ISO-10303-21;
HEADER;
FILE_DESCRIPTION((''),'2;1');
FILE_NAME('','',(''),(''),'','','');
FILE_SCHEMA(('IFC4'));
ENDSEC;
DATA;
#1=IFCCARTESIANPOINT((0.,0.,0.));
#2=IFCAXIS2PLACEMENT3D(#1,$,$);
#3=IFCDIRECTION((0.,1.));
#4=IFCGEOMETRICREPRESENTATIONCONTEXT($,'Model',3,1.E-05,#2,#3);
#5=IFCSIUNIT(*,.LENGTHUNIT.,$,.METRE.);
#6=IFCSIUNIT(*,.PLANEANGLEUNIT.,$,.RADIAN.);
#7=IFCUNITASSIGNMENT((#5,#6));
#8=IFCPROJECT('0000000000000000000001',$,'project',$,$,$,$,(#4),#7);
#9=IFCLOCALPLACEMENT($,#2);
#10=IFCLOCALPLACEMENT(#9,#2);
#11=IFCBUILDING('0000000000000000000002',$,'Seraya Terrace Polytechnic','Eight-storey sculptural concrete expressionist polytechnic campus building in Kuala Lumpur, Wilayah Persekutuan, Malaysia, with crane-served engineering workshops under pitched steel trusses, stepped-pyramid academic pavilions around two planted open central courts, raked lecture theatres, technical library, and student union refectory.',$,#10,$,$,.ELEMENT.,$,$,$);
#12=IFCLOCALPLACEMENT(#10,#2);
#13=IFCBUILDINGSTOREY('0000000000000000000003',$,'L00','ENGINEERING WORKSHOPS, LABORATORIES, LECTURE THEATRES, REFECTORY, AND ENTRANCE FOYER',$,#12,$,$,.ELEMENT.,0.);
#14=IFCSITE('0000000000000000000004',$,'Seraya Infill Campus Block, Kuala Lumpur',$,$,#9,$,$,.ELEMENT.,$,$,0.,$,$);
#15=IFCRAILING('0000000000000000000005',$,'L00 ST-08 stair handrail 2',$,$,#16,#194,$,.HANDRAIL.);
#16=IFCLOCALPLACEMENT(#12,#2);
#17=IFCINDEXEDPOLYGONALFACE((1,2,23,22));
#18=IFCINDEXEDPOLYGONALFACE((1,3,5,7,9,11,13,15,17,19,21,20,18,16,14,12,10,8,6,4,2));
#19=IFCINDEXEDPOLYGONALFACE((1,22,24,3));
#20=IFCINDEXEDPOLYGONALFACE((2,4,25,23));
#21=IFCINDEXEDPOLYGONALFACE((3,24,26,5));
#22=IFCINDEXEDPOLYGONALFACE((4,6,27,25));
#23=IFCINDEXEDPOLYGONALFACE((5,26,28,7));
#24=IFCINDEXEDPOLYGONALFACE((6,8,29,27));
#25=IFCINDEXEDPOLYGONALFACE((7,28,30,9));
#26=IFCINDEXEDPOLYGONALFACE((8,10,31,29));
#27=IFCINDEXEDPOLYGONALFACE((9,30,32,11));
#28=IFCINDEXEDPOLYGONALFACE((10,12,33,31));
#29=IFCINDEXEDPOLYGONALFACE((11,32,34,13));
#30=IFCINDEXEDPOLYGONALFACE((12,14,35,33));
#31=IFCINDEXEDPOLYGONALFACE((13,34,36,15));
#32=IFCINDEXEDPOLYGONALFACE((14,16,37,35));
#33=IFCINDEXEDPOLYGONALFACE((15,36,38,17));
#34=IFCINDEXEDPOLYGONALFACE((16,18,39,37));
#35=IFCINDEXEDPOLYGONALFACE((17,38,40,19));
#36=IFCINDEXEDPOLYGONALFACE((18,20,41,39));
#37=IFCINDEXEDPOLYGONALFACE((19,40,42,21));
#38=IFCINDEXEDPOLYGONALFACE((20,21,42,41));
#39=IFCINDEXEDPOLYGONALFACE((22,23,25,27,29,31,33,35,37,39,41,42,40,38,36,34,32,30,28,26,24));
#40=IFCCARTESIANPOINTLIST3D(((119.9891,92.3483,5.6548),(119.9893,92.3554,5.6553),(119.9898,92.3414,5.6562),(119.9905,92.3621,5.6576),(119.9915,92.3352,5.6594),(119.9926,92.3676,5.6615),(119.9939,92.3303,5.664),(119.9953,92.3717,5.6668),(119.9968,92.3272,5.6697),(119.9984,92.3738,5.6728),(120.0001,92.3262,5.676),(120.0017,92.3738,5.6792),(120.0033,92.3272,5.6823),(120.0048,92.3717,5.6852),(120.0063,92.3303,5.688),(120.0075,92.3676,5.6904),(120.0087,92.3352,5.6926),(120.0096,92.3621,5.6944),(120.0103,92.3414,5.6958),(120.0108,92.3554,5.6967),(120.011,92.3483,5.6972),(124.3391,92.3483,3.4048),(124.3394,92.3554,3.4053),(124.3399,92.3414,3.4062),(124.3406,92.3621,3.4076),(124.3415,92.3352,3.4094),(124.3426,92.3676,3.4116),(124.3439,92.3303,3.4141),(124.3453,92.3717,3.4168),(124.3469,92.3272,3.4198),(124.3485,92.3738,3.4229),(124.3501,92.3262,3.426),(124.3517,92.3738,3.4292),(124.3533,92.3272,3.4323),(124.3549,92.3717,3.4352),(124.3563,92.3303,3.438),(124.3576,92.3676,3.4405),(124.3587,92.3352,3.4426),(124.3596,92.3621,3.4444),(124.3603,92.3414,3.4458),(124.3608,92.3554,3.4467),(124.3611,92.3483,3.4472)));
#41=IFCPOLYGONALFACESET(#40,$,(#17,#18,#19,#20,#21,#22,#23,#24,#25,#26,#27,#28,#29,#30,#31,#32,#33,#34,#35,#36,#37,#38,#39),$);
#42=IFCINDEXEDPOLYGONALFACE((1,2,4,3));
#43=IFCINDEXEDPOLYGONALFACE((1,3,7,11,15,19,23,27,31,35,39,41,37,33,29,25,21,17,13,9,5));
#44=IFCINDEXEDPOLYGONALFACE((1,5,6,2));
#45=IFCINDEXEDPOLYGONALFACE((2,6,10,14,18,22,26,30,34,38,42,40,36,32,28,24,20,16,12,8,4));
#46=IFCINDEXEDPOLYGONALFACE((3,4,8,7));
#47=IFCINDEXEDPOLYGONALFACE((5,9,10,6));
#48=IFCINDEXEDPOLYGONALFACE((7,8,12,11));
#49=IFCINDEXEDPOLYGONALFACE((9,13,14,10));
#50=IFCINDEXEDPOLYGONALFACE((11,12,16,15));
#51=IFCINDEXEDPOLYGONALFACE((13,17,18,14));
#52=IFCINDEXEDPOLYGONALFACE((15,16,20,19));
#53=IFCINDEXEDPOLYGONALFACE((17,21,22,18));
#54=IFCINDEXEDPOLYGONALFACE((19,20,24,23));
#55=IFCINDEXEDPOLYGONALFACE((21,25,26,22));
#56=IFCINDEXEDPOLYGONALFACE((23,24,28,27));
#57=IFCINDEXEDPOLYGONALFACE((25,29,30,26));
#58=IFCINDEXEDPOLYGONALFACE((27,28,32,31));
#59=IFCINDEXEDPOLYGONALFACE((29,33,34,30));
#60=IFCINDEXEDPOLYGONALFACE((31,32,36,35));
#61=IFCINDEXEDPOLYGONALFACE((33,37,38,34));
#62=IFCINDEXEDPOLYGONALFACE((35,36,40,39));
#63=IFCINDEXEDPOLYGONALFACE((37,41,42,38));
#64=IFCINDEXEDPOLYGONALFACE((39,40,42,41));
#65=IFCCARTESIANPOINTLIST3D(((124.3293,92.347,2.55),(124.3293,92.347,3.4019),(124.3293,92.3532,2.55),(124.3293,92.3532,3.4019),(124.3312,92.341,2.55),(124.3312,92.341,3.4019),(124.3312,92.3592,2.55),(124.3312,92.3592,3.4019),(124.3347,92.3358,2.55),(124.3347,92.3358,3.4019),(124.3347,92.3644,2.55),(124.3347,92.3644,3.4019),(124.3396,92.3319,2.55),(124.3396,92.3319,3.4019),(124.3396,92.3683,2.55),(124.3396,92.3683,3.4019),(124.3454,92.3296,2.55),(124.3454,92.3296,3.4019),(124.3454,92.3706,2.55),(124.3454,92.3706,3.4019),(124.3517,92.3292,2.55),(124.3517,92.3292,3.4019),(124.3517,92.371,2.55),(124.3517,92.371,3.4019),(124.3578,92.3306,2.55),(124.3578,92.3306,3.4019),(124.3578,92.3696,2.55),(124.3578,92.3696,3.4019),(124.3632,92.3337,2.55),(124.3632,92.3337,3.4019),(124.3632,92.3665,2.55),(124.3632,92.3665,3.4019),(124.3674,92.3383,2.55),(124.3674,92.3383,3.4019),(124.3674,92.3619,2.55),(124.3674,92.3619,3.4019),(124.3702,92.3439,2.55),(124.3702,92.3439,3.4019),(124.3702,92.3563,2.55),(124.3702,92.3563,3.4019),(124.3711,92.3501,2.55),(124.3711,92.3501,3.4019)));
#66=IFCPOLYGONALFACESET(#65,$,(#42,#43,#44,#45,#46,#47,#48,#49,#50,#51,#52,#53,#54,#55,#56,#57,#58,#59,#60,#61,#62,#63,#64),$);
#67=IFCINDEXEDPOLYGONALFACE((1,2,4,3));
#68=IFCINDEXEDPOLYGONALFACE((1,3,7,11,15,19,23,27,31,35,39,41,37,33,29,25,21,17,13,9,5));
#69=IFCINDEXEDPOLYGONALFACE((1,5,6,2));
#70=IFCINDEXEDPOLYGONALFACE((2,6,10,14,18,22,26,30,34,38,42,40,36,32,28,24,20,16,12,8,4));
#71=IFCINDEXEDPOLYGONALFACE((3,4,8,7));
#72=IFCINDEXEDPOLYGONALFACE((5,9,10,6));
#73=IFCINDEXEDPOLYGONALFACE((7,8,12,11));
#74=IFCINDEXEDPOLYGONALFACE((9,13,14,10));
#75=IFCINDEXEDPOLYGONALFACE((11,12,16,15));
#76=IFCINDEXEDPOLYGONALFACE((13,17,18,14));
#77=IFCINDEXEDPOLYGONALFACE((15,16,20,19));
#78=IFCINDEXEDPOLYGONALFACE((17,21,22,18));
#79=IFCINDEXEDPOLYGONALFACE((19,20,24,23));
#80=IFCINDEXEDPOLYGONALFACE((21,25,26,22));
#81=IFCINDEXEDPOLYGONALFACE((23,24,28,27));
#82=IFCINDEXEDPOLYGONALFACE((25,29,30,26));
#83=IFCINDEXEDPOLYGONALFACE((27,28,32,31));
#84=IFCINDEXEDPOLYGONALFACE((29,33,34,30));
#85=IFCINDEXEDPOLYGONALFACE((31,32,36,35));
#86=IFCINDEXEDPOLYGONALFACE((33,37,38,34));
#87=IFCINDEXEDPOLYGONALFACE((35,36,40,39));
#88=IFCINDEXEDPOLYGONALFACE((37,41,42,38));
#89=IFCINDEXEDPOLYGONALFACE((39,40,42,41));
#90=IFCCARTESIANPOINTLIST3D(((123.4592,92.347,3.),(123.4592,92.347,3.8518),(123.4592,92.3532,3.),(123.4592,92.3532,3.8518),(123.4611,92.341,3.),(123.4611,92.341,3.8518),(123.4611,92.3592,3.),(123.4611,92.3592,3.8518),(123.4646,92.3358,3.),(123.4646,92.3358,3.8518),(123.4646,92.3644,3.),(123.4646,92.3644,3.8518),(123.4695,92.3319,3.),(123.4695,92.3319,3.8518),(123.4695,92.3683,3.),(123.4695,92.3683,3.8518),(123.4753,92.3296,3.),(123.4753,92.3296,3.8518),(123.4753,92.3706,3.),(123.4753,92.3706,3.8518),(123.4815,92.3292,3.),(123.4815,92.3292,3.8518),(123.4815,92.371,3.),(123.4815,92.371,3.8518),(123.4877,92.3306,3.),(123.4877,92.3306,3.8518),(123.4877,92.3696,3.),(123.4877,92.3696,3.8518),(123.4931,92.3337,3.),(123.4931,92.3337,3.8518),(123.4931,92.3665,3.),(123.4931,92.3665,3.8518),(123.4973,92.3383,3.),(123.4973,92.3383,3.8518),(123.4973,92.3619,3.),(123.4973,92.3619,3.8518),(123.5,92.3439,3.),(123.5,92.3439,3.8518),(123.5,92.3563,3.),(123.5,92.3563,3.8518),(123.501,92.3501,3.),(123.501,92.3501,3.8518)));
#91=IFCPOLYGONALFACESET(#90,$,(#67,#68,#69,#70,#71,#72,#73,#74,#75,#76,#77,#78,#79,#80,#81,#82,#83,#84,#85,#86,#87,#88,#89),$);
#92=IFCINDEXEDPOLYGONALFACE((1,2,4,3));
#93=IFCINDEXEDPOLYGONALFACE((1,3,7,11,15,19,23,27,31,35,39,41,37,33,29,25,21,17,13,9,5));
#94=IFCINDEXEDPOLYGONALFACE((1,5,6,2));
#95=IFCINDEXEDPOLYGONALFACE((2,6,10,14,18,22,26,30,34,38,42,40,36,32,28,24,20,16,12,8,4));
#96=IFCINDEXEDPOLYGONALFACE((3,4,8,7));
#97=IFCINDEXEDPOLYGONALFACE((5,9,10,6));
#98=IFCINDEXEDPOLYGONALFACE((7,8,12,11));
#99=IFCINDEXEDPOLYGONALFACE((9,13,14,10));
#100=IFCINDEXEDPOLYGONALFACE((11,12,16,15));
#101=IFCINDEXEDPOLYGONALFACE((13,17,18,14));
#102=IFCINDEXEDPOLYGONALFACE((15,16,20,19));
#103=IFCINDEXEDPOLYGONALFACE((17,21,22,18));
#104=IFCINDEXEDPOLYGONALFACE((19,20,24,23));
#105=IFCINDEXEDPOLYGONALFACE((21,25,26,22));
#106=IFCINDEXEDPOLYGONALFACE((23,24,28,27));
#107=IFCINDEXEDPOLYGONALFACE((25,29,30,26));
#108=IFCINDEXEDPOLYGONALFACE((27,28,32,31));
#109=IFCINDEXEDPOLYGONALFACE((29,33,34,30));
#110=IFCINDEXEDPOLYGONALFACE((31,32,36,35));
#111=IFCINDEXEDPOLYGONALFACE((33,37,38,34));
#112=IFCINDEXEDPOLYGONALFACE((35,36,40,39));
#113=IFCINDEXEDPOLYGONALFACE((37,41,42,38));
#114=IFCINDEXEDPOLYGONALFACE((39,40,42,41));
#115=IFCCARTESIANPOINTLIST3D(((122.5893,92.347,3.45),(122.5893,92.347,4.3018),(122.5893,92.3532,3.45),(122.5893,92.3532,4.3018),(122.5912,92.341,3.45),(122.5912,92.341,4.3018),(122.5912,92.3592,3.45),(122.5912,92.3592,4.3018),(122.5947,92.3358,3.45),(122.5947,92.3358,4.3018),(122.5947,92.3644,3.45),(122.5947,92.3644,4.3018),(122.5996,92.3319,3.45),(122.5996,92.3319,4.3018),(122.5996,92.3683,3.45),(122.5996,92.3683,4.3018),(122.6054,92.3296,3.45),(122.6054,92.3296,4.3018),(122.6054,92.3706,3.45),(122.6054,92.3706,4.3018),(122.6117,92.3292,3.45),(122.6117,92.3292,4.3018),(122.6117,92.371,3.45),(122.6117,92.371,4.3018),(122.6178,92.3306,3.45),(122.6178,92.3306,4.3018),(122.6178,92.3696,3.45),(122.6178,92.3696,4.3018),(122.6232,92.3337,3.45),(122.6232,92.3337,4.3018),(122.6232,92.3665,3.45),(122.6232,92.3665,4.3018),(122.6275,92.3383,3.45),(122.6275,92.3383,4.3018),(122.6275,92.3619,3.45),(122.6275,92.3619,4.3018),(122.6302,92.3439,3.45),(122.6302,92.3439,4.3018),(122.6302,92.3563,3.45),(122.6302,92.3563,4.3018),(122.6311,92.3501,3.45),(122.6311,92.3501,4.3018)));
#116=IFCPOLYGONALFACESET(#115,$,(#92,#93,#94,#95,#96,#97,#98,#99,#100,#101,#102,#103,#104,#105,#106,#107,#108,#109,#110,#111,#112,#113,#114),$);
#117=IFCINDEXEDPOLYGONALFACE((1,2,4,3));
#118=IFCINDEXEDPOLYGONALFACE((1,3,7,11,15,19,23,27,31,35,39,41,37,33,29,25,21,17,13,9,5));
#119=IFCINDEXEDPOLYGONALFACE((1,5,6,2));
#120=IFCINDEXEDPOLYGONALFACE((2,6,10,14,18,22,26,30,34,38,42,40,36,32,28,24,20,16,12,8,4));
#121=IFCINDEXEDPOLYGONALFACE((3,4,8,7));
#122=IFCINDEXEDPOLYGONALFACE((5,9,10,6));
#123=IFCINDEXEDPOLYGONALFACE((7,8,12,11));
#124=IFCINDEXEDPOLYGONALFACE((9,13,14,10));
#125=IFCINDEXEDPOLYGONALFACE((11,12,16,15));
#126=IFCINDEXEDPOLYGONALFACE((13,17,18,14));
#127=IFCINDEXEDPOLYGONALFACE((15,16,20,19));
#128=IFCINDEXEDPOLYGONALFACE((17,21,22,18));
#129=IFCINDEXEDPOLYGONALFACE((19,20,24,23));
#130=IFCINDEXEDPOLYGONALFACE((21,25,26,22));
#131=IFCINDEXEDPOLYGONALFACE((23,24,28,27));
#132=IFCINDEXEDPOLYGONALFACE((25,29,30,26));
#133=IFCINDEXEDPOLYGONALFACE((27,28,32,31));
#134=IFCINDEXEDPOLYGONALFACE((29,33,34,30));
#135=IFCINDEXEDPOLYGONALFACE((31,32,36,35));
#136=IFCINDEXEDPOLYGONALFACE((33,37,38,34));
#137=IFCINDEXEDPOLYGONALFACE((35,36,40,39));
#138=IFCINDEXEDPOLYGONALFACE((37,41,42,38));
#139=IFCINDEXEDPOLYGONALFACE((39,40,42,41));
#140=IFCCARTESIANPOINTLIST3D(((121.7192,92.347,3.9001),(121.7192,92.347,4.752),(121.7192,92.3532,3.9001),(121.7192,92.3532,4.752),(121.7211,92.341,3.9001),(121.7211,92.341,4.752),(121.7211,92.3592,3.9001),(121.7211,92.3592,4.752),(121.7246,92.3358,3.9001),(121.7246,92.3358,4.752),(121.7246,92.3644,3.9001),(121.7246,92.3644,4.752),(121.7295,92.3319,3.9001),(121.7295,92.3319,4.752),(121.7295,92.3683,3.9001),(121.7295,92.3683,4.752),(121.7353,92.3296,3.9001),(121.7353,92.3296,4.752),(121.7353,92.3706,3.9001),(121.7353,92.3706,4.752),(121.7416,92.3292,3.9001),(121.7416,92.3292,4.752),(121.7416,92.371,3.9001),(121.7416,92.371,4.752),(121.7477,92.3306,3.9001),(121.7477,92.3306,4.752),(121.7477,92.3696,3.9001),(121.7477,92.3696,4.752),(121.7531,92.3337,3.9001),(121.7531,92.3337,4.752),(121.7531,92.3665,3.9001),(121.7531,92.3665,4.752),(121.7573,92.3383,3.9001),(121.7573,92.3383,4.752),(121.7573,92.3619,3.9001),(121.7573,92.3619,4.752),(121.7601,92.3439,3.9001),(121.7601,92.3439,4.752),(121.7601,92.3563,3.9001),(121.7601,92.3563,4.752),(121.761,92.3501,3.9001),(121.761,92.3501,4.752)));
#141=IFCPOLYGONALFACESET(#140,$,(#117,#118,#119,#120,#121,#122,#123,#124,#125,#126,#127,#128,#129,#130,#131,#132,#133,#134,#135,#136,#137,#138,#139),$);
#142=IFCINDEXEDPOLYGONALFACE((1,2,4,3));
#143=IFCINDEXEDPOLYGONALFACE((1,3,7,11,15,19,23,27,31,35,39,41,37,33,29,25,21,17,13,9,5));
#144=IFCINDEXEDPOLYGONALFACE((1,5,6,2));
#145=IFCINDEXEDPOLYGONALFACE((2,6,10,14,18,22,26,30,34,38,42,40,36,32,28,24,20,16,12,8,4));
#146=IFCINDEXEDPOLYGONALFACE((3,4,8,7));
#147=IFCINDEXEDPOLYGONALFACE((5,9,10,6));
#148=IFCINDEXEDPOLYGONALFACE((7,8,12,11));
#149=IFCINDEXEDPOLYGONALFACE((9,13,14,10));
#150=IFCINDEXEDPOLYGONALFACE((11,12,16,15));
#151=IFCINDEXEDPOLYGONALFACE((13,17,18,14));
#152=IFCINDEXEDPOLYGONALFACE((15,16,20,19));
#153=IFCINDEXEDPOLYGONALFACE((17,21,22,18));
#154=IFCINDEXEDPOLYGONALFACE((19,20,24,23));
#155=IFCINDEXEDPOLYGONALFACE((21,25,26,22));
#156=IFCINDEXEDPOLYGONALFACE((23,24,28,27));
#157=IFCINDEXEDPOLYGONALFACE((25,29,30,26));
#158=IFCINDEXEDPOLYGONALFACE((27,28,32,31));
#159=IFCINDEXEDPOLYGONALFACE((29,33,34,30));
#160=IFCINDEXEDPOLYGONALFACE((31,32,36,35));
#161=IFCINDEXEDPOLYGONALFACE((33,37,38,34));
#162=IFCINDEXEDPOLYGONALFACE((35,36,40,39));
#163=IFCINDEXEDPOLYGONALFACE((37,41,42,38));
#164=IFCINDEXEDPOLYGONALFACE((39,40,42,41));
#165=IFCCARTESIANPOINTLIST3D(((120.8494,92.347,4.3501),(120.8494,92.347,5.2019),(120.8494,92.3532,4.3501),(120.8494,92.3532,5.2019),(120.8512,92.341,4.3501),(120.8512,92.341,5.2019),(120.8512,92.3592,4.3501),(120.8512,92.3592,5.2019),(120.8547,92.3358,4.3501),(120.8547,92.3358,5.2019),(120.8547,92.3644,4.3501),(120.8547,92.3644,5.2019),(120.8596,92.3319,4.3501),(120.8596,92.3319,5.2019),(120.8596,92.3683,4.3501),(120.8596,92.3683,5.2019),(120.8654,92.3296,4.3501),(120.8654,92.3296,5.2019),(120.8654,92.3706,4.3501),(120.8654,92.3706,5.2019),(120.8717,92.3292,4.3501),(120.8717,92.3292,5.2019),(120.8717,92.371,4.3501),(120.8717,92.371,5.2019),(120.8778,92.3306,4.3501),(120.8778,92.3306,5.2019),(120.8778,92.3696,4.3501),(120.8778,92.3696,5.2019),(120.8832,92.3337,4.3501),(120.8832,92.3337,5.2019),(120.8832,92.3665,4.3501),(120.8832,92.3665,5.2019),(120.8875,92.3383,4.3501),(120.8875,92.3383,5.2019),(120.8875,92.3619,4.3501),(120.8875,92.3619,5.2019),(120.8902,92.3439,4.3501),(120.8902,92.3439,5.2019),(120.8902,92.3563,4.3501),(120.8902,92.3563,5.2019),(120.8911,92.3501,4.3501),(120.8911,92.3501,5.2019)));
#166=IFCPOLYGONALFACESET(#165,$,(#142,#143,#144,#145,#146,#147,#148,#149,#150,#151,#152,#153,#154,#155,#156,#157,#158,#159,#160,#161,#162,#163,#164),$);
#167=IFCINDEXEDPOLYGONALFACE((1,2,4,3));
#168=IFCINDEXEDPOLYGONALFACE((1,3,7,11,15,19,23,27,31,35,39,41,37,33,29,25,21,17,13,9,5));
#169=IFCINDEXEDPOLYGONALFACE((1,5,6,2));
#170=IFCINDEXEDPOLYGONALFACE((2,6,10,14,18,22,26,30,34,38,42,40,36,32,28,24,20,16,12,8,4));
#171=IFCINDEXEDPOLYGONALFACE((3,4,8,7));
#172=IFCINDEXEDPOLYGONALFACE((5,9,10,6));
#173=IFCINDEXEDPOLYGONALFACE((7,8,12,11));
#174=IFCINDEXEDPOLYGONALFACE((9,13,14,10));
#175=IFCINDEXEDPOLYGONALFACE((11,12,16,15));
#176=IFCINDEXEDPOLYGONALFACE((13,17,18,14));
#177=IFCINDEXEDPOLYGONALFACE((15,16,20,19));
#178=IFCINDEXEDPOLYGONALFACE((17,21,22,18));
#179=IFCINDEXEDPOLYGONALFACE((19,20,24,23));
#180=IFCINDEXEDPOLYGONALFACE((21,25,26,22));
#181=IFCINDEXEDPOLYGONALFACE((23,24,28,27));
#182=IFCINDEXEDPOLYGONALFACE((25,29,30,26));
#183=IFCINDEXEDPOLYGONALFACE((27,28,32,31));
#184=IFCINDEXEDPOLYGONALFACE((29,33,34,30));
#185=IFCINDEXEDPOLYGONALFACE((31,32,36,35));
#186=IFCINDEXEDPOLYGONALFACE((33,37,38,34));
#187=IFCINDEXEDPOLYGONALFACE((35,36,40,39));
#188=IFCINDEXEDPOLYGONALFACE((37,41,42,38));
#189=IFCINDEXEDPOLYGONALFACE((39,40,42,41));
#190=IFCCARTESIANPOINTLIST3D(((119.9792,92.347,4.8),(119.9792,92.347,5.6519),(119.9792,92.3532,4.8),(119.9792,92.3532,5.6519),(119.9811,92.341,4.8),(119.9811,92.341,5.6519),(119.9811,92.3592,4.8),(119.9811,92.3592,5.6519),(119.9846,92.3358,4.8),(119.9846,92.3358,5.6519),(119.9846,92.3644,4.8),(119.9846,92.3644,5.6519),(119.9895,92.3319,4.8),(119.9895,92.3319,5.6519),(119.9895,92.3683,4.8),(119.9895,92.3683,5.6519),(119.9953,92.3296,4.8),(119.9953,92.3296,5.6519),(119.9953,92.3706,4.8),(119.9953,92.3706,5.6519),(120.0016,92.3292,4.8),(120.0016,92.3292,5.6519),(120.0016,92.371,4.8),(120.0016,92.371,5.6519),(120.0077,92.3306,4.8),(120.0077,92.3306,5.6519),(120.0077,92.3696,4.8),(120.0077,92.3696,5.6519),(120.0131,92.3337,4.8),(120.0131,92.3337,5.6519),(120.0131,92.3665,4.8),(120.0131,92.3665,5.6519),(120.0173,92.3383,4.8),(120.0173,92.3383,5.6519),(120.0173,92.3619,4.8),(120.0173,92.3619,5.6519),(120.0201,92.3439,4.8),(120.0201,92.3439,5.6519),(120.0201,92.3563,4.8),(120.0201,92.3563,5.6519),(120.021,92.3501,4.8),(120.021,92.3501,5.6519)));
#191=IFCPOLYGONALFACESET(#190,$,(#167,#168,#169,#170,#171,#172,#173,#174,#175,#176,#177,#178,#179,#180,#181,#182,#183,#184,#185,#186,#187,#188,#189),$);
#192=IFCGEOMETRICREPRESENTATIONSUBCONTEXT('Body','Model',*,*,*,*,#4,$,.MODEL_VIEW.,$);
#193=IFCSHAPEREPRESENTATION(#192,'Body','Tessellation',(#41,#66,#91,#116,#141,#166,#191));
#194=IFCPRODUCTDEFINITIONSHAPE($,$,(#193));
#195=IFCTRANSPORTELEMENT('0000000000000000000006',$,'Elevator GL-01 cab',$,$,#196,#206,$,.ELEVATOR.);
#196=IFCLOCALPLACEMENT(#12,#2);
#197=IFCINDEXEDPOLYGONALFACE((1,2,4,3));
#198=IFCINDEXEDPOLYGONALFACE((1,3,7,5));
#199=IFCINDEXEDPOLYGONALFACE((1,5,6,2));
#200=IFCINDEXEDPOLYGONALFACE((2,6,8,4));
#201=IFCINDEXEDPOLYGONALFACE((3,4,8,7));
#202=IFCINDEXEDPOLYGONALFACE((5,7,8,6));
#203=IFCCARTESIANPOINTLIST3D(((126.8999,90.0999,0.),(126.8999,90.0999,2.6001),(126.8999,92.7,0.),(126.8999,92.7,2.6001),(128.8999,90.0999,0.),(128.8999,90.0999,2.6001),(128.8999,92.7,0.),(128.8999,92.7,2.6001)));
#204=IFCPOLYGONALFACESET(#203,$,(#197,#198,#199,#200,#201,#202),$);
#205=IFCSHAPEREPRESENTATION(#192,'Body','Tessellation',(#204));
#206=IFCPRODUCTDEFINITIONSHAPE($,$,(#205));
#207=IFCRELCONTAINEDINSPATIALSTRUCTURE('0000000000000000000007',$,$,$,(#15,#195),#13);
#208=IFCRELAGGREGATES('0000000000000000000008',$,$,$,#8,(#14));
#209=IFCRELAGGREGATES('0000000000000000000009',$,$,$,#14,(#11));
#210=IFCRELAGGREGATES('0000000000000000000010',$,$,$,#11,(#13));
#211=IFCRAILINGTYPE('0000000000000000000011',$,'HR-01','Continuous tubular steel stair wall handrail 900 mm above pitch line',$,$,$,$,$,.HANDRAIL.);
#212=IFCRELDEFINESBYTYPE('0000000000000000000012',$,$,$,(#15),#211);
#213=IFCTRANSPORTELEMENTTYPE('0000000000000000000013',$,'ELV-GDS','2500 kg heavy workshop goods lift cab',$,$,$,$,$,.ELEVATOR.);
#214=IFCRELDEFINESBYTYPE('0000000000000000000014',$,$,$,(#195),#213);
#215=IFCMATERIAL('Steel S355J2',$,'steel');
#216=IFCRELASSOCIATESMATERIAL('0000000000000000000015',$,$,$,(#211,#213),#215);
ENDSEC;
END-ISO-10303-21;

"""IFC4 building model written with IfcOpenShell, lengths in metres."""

from ifc_helpers import new_model, si_unit, direction, frame, origin, origin_2d, place, context, subcontext, project, spatial, rectangle, circle, extrude, material, type_object, element, save


model = new_model("IFC4")

# Units and contexts
model_context = context("Model", 3, precision=1e-05, world=origin(), true_north=direction((0.0, 1.0)))
body_context = subcontext(model_context, "Body", "Model", "MODEL_VIEW")
ifc_project = project(units=[si_unit("LENGTHUNIT", "METRE"), si_unit("PLANEANGLEUNIT", "RADIAN")], contexts=[model_context])

# Site, building, storey
site_placement = place(None, origin())
site = spatial("IfcSite", under=ifc_project, at=site_placement, Name="Seraya Infill Campus Block, Kuala Lumpur", CompositionType="ELEMENT", RefElevation=0.0)
building_placement = place(site_placement, origin())
building = spatial("IfcBuilding", under=site, at=building_placement, Name="Seraya Terrace Polytechnic", Description="Eight-storey sculptural concrete expressionist polytechnic campus building in Kuala Lumpur, Wilayah Persekutuan, Malaysia, with crane-served engineering workshops under pitched steel trusses, stepped-pyramid academic pavilions around two planted open central courts, raked lecture theatres, technical library, and student union refectory.", CompositionType="ELEMENT")
storey_placement = place(building_placement, origin())
storey = spatial("IfcBuildingStorey", under=building, at=storey_placement, Name="L00", Description="ENGINEERING WORKSHOPS, LABORATORIES, LECTURE THEATRES, REFECTORY, AND ENTRANCE FOYER", CompositionType="ELEMENT", Elevation=0.0)

# Shared definitions
ifc_material_1 = material(Name="Steel S355J2", Category="steel")

# Railing
railing_type_1 = type_object("IfcRailingType", Name="HR-01", Description="Continuous tubular steel stair wall handrail 900 mm above pitch line", PredefinedType="HANDRAIL", material=ifc_material_1)
railing_1_placement = place(storey_placement, frame((124.3501, 92.3501, 2.55)))
element("IfcRailing", 1, at=railing_1_placement, inside=storey, type_object=railing_type_1, Name="L00 ST-08 stair handrail 2", PredefinedType="HANDRAIL", context=body_context, shape_type="SweptSolid", body=[
    extrude(circle(Radius=0.0239, at=origin_2d()), frame((0.0, 0.0, 0.876), z_axis=(-0.888222, 0.0, 0.459415), x_axis=(0.0, -1.0, 0.0)), (0.0, 0.0, 1.0), 4.8975),
    extrude(circle(Radius=0.021, at=origin_2d()), origin(), (0.0, 0.0, 1.0), 0.8518),
    extrude(circle(Radius=0.021, at=origin_2d()), frame((-0.8701, 0.0, 0.45)), (0.0, 0.0, 1.0), 0.8518),
    extrude(circle(Radius=0.021, at=origin_2d()), frame((-1.74, 0.0, 0.8999)), (0.0, 0.0, 1.0), 0.8518),
    extrude(circle(Radius=0.021, at=origin_2d()), frame((-2.6101, 0.0, 1.3501)), (0.0, 0.0, 1.0), 0.8518),
    extrude(circle(Radius=0.021, at=origin_2d()), frame((-3.48, 0.0, 1.8)), (0.0, 0.0, 1.0), 0.8518),
    extrude(circle(Radius=0.021, at=origin_2d()), frame((-4.3501, 0.0, 2.25)), (0.0, 0.0, 1.0), 0.8518),
])

# Transport element
transport_element_type = type_object("IfcTransportElementType", Name="ELV-GDS", Description="2500 kg heavy workshop goods lift cab", PredefinedType="ELEVATOR", material=ifc_material_1)
transport_element_placement = place(storey_placement, frame((127.8999, 91.3999, 0.0), z_axis=(0.0, 0.0, 1.0), x_axis=(1.0, 0.0, 0.0)))
element("IfcTransportElement", 2, at=transport_element_placement, inside=storey, type_object=transport_element_type, Name="Elevator GL-01 cab", PredefinedType="ELEVATOR", context=body_context, shape_type="SweptSolid", body=[
    extrude(rectangle(XDim=2.0, YDim=2.6001, at=origin_2d()), origin(), (0.0, 0.0, 1.0), 2.6001),
])

save(model, "model.ifc")
